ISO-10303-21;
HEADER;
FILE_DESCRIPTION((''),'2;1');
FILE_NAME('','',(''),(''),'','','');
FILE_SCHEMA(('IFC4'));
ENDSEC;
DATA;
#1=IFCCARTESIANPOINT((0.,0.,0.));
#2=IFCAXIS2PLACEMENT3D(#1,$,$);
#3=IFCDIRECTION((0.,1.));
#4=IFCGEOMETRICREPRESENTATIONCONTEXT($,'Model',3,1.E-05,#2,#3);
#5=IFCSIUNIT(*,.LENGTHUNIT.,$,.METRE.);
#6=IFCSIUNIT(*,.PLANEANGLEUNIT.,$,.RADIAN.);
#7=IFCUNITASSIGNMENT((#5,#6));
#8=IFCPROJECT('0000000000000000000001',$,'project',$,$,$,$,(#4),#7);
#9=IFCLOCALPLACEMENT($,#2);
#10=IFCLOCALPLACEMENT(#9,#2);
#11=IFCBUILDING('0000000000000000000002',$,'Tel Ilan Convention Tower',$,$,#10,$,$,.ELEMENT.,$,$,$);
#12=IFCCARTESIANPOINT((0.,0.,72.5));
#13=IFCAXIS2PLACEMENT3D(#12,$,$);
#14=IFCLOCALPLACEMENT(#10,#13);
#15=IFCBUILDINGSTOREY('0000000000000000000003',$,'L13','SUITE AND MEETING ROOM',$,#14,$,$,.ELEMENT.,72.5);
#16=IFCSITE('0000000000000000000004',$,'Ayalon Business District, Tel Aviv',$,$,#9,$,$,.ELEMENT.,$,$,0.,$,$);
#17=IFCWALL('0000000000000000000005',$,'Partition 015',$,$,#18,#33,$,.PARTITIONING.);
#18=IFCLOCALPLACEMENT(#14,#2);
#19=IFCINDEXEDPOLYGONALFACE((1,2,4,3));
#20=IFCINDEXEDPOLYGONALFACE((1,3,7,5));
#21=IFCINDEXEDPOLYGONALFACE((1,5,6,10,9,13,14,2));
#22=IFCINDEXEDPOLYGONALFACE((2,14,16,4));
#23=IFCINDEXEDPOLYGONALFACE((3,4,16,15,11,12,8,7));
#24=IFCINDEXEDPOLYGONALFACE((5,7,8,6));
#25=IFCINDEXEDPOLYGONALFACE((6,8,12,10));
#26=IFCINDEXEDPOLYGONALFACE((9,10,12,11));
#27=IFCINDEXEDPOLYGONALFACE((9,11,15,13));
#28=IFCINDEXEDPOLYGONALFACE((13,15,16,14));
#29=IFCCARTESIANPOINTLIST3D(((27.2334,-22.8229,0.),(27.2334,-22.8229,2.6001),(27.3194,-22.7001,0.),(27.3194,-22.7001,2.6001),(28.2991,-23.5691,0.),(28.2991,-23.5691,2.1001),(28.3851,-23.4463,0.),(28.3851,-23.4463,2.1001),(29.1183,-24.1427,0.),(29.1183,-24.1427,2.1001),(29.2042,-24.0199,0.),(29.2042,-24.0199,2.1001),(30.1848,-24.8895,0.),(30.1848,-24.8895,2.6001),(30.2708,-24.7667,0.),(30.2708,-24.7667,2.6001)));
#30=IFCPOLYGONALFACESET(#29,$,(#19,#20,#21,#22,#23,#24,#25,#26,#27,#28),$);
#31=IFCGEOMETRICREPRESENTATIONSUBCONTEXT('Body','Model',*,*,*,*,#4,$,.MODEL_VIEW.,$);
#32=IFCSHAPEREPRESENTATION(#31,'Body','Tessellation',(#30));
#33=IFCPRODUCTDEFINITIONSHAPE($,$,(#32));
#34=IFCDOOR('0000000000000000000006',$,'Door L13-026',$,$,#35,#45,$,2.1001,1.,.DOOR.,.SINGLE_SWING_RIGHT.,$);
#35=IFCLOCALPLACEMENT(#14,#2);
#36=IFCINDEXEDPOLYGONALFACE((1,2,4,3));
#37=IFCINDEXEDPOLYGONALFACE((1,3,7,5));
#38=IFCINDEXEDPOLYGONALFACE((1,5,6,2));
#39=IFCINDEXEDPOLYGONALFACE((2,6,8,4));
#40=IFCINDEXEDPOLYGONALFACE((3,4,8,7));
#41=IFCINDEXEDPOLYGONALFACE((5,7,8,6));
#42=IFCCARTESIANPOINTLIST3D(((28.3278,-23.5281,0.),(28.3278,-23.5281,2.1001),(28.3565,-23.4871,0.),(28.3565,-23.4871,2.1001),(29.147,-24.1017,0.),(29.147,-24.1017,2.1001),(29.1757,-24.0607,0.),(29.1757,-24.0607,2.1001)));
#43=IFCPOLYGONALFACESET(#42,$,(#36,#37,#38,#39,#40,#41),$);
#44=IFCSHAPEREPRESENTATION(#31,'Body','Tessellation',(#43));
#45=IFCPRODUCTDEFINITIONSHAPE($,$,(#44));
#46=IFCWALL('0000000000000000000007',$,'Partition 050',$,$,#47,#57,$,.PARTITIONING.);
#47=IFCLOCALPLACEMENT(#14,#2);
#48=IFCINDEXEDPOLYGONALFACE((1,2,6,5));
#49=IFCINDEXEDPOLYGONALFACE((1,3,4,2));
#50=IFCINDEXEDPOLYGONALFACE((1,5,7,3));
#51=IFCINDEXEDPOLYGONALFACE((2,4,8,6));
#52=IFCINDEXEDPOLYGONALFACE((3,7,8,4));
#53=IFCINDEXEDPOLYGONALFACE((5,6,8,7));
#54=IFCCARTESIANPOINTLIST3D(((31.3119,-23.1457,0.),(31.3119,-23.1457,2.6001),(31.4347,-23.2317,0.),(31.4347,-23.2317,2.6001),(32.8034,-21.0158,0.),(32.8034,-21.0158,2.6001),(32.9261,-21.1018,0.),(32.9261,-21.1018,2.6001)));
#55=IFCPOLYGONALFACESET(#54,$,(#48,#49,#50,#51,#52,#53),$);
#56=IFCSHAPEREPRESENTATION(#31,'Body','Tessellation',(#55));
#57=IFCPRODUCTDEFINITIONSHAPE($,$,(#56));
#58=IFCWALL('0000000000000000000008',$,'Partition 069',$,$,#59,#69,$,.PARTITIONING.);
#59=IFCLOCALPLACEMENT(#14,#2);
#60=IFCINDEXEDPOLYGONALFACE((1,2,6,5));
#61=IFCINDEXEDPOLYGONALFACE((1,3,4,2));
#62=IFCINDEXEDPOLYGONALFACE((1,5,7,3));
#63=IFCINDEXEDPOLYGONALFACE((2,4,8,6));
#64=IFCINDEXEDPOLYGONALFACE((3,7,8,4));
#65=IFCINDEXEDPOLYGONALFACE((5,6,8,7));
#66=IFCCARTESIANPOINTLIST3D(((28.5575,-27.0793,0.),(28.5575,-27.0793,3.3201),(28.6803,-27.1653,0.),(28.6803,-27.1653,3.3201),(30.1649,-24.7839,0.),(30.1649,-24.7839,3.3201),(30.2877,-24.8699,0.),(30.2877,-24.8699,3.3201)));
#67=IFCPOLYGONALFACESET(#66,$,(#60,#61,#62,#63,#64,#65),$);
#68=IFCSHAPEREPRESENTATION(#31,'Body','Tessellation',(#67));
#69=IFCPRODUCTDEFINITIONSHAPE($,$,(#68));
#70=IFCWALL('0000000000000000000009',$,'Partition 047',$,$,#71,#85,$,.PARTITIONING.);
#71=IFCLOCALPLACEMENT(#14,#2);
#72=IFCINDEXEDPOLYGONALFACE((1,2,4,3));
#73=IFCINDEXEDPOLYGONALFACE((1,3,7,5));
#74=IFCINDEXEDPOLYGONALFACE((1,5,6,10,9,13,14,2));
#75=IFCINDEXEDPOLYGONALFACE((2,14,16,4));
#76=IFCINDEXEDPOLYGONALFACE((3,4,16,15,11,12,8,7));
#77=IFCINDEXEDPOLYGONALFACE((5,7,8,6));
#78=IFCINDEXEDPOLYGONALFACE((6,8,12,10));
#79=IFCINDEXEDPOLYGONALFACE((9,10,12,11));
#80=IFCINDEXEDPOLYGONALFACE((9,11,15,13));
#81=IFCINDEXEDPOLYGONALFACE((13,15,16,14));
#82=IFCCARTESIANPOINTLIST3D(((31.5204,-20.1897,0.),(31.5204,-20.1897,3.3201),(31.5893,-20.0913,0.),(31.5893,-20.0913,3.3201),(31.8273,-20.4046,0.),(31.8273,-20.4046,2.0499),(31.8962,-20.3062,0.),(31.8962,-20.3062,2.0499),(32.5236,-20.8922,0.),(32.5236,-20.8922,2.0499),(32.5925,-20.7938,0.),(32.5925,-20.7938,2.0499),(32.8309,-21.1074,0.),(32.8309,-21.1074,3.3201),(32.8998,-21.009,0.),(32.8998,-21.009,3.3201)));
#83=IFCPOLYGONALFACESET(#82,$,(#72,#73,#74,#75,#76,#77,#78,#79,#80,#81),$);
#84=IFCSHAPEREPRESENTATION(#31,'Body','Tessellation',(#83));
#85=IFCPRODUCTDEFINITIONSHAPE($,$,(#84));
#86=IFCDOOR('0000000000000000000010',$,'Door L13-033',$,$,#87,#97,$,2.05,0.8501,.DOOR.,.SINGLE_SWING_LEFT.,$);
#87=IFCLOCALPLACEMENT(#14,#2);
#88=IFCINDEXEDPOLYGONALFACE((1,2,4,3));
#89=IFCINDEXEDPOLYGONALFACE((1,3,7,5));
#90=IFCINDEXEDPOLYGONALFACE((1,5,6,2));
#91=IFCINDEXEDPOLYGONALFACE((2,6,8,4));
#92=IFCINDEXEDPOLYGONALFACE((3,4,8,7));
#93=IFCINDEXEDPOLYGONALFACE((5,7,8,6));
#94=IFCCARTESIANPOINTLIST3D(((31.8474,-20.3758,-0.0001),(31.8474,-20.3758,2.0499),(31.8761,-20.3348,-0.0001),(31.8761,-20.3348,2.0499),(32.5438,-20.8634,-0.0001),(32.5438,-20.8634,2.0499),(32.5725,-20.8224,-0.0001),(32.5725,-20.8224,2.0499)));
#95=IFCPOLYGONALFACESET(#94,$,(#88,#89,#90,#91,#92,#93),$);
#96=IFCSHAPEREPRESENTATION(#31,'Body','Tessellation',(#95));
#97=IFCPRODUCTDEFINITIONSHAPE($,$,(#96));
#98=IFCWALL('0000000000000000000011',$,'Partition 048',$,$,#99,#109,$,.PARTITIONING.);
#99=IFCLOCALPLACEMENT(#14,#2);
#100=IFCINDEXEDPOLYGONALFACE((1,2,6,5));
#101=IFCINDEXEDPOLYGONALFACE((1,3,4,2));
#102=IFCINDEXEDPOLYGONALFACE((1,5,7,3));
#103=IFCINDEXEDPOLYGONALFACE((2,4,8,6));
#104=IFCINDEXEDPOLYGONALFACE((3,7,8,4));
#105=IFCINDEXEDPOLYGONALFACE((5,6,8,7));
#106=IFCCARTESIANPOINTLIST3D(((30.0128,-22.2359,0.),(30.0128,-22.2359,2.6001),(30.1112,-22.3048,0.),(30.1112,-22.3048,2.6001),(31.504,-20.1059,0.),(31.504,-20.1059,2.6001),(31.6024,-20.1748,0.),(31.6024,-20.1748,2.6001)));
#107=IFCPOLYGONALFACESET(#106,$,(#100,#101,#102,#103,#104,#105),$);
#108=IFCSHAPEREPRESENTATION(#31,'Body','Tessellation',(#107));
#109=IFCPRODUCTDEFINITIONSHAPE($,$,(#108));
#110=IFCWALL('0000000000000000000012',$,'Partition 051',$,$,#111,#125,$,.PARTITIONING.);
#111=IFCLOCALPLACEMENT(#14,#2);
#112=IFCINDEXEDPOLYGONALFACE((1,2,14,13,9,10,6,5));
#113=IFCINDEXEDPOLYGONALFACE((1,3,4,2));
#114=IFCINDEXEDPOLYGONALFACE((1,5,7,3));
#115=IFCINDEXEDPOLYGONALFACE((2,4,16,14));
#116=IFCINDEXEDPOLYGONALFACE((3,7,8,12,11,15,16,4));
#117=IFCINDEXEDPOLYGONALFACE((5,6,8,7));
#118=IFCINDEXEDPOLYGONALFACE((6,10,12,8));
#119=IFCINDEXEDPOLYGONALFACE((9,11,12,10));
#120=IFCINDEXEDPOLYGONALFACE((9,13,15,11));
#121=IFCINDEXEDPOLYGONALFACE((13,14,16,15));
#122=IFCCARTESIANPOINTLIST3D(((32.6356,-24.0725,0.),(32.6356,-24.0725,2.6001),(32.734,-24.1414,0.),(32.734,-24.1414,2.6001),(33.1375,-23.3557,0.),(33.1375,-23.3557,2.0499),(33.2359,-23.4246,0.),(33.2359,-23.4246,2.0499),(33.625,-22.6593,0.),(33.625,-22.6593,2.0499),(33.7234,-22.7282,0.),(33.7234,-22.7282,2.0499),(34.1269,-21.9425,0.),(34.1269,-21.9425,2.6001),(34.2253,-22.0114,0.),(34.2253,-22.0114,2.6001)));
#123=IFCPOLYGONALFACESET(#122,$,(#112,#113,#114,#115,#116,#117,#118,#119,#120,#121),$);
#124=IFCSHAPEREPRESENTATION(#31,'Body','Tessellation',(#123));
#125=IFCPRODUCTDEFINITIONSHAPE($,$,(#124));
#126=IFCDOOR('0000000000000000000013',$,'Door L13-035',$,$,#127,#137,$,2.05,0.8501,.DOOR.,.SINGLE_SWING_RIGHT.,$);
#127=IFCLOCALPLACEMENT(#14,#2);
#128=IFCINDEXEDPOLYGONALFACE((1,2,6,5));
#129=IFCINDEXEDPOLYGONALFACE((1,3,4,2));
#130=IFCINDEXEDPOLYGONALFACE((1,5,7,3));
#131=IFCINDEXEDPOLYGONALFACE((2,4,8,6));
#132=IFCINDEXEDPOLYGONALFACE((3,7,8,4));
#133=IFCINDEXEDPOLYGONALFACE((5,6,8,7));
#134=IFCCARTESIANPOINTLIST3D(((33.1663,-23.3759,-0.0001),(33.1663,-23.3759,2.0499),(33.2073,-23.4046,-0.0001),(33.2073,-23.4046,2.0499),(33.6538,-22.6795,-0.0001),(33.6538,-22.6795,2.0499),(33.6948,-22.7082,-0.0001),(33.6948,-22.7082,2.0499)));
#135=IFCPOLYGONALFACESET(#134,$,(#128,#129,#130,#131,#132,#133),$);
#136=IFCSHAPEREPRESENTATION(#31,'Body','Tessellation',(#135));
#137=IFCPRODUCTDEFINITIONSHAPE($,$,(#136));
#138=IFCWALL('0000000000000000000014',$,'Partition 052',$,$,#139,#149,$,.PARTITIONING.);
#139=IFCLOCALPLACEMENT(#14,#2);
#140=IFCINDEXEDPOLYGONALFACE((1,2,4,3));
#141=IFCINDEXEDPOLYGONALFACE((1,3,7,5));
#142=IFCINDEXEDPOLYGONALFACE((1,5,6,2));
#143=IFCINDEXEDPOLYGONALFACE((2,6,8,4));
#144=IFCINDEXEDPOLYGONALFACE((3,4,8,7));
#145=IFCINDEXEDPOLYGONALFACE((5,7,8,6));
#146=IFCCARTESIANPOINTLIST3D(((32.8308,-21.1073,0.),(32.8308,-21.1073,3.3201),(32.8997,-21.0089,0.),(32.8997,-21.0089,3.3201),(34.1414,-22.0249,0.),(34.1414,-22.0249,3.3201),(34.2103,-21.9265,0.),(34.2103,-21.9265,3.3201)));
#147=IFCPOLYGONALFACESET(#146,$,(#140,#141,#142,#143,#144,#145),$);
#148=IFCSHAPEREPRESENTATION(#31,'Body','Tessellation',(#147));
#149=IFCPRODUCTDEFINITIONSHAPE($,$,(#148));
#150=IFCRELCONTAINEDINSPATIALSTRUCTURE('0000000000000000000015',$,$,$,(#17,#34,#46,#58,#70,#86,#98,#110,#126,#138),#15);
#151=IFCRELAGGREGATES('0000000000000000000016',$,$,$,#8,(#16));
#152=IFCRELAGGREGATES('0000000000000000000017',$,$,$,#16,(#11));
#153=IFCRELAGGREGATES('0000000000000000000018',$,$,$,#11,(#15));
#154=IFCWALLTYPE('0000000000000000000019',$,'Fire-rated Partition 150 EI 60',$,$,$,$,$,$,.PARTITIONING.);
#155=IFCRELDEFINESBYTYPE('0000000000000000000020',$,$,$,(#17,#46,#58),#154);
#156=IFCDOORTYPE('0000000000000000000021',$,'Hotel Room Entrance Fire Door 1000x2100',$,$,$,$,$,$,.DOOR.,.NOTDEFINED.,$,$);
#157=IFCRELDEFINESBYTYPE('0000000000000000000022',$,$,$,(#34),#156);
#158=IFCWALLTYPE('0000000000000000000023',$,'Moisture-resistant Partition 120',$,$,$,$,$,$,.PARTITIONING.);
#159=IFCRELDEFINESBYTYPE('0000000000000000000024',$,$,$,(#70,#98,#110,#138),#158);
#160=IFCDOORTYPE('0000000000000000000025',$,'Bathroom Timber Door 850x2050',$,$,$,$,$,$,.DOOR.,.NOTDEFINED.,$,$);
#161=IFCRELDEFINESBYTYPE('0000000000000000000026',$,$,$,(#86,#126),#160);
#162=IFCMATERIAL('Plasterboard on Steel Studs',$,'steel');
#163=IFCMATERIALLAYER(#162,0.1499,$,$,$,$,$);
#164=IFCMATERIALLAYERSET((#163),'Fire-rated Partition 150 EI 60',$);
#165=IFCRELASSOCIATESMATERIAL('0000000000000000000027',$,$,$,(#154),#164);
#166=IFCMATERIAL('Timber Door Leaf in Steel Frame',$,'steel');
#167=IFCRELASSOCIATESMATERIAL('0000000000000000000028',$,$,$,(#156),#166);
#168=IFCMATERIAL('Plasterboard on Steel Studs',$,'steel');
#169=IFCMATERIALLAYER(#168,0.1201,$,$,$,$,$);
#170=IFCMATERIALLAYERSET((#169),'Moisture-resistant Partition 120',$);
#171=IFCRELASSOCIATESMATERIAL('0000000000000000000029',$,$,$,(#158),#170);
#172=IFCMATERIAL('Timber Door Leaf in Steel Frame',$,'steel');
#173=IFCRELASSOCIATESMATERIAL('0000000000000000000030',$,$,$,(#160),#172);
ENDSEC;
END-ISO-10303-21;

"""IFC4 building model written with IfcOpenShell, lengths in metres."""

from ifc_helpers import new_model, si_unit, direction, frame, frame_2d, origin, place, context, subcontext, project, spatial, rectangle, extrude, material, layer, layer_set, type_object, element, fill, save


model = new_model("IFC4")

# Units and contexts
model_context = context("Model", 3, precision=1e-05, world=origin(), true_north=direction((0.0, 1.0)))
body_context = subcontext(model_context, "Body", "Model", "MODEL_VIEW")
ifc_project = project(units=[si_unit("LENGTHUNIT", "METRE"), si_unit("PLANEANGLEUNIT", "RADIAN")], contexts=[model_context])

# Site, building, storey
site_placement = place(None, origin())
site = spatial("IfcSite", under=ifc_project, at=site_placement, Name="Ayalon Business District, Tel Aviv", CompositionType="ELEMENT", RefElevation=0.0)
building_placement = place(site_placement, origin())
building = spatial("IfcBuilding", under=site, at=building_placement, Name="Tel Ilan Convention Tower", CompositionType="ELEMENT")
storey_placement = place(building_placement, frame((0.0, 0.0, 72.5)))
storey = spatial("IfcBuildingStorey", under=building, at=storey_placement, Name="L13", Description="SUITE AND MEETING ROOM", CompositionType="ELEMENT", Elevation=72.5)

# Shared definitions
ifc_material_1 = material(Name="Plasterboard on Steel Studs", Category="steel")
ifc_layer_1 = layer(ifc_material_1, 0.1499)
ifc_layer_set_1 = layer_set([ifc_layer_1], Name="Fire-rated Partition 150 EI 60")
wall_type_1 = type_object("IfcWallType", Name="Fire-rated Partition 150 EI 60", PredefinedType="PARTITIONING", material=ifc_layer_set_1)

# Shared definitions
ifc_material_2 = material(Name="Timber Door Leaf in Steel Frame", Category="steel")
door_type_1 = type_object("IfcDoorType", Name="Hotel Room Entrance Fire Door 1000x2100", OperationType="NOTDEFINED", PredefinedType="DOOR", material=ifc_material_2)

# Wall, opening, door
wall_1_placement = place(storey_placement, frame((30.2278, -24.8281, 0.0), z_axis=(0.0, 0.0, 1.0), x_axis=(-0.819146, 0.573585, 0.0)))
wall_1 = element("IfcWall", 1, at=wall_1_placement, inside=storey, type_object=wall_type_1, Name="Partition 015", PredefinedType="PARTITIONING", context=body_context, shape_type="SweptSolid", body=[
    extrude(rectangle(XDim=3.603, YDim=0.1499, at=frame_2d((1.8015, 0.0))), origin(), (0.0, 0.0, 1.0), 2.6001),
])
opening_1_placement = place(wall_1_placement, frame((1.302, 0.0, 0.0)))
opening_1 = element("IfcOpeningElement", 2, at=opening_1_placement, cuts=wall_1, PredefinedType="OPENING", context=body_context, shape_type="SweptSolid", body=[
    extrude(rectangle(XDim=1.0, YDim=2.1001, at=frame_2d((0.5, 1.05))), frame((0.0, 0.085, 0.0), z_axis=(0.0, -1.0, 0.0), x_axis=(1.0, 0.0, 0.0)), (0.0, 0.0, 1.0), 0.1699),
])
door_1_placement = place(opening_1_placement, origin())
door_1 = element("IfcDoor", 3, at=door_1_placement, inside=storey, type_object=door_type_1, Name="Door L13-026", OperationType="SINGLE_SWING_RIGHT", OverallHeight=2.1001, OverallWidth=1.0, PredefinedType="DOOR", context=body_context, shape_type="SweptSolid", body=[
    extrude(rectangle(XDim=1.0, YDim=2.1001, at=frame_2d((0.5, 1.05))), frame((0.0, 0.0249, 0.0), z_axis=(0.0, -1.0, 0.0), x_axis=(1.0, 0.0, 0.0)), (0.0, 0.0, 1.0), 0.05),
])
fill(opening_1, door_1)

# Walls
wall_2_placement = place(storey_placement, frame((32.8647, -21.0588, 0.0), z_axis=(0.0, 0.0, 1.0), x_axis=(-0.573601, -0.819135, 0.0)))
element("IfcWall", 4, at=wall_2_placement, inside=storey, type_object=wall_type_1, Name="Partition 050", PredefinedType="PARTITIONING", context=body_context, shape_type="SweptSolid", body=[
    extrude(rectangle(XDim=2.6001, YDim=0.1499, at=frame_2d((1.3, 0.0))), origin(), (0.0, 0.0, 1.0), 2.6001),
])
wall_3_placement = place(storey_placement, frame((30.2263, -24.8269, 0.0), z_axis=(0.0, 0.0, 1.0), x_axis=(-0.573614, -0.819125, 0.0)))
element("IfcWall", 5, at=wall_3_placement, inside=storey, type_object=wall_type_1, Name="Partition 069", PredefinedType="PARTITIONING", context=body_context, shape_type="SweptSolid", body=[
    extrude(rectangle(XDim=2.8022, YDim=0.1499, at=frame_2d((1.4011, 0.0))), origin(), (0.0, 0.0, 1.0), 3.3201),
])

# Wall, opening, door
ifc_material_3 = material(Name="Plasterboard on Steel Studs", Category="steel")
ifc_layer_2 = layer(ifc_material_3, 0.1201)
ifc_layer_set_2 = layer_set([ifc_layer_2], Name="Moisture-resistant Partition 120")
wall_type_2 = type_object("IfcWallType", Name="Moisture-resistant Partition 120", PredefinedType="PARTITIONING", material=ifc_layer_set_2)
wall_4_placement = place(storey_placement, frame((32.8652, -21.0581, 0.0), z_axis=(0.0, 0.0, 1.0), x_axis=(-0.819132, 0.573606, 0.0)))
wall_4 = element("IfcWall", 6, at=wall_4_placement, inside=storey, type_object=wall_type_2, Name="Partition 047", PredefinedType="PARTITIONING", context=body_context, shape_type="SweptSolid", body=[
    extrude(rectangle(XDim=1.5999, YDim=0.1201, at=frame_2d((0.7998, 0.0))), origin(), (0.0, 0.0, 1.0), 3.3201),
])
opening_2_placement = place(wall_4_placement, frame((0.375, 0.0, 0.0)))
opening_2 = element("IfcOpeningElement", 7, at=opening_2_placement, cuts=wall_4, PredefinedType="OPENING", context=body_context, shape_type="SweptSolid", body=[
    extrude(rectangle(XDim=0.8501, YDim=2.05, at=frame_2d((0.425, 1.0249))), frame((0.0, 0.0701, 0.0), z_axis=(0.0, -1.0, 0.0), x_axis=(1.0, 0.0, 0.0)), (0.0, 0.0, 1.0), 0.1401),
])
ifc_material_4 = material(Name="Timber Door Leaf in Steel Frame", Category="steel")
door_type_2 = type_object("IfcDoorType", Name="Bathroom Timber Door 850x2050", OperationType="NOTDEFINED", PredefinedType="DOOR", material=ifc_material_4)
door_2_placement = place(opening_2_placement, origin())
door_2 = element("IfcDoor", 8, at=door_2_placement, inside=storey, type_object=door_type_2, Name="Door L13-033", OperationType="SINGLE_SWING_LEFT", OverallHeight=2.05, OverallWidth=0.8501, PredefinedType="DOOR", context=body_context, shape_type="SweptSolid", body=[
    extrude(rectangle(XDim=0.8501, YDim=2.05, at=frame_2d((0.425, 1.0249))), frame((0.0, 0.0249, 0.0), z_axis=(0.0, -1.0, 0.0), x_axis=(1.0, 0.0, 0.0)), (0.0, 0.0, 1.0), 0.05),
])
fill(opening_2, door_2)

# Wall
wall_5_placement = place(storey_placement, frame((31.5532, -20.1404, 0.0), z_axis=(0.0, 0.0, 1.0), x_axis=(-0.573538, -0.819179, 0.0)))
element("IfcWall", 9, at=wall_5_placement, inside=storey, type_object=wall_type_2, Name="Partition 048", PredefinedType="PARTITIONING", context=body_context, shape_type="SweptSolid", body=[
    extrude(rectangle(XDim=2.6001, YDim=0.1201, at=frame_2d((1.3, 0.0))), origin(), (0.0, 0.0, 1.0), 2.6001),
])

# Wall, opening, door
wall_6_placement = place(storey_placement, frame((32.6848, -24.1069, 0.0), z_axis=(0.0, 0.0, 1.0), x_axis=(0.573538, 0.819179, 0.0)))
wall_6 = element("IfcWall", 10, at=wall_6_placement, inside=storey, type_object=wall_type_2, Name="Partition 051", PredefinedType="PARTITIONING", context=body_context, shape_type="SweptSolid", body=[
    extrude(rectangle(XDim=2.6001, YDim=0.1201, at=frame_2d((1.3, 0.0))), origin(), (0.0, 0.0, 1.0), 2.6001),
])
opening_3_placement = place(wall_6_placement, frame((0.875, 0.0, 0.0)))
opening_3 = element("IfcOpeningElement", 11, at=opening_3_placement, cuts=wall_6, PredefinedType="OPENING", context=body_context, shape_type="SweptSolid", body=[
    extrude(rectangle(XDim=0.8501, YDim=2.05, at=frame_2d((0.425, 1.0249))), frame((0.0, 0.0701, 0.0), z_axis=(0.0, -1.0, 0.0), x_axis=(1.0, 0.0, 0.0)), (0.0, 0.0, 1.0), 0.1401),
])
door_3_placement = place(opening_3_placement, origin())
door_3 = element("IfcDoor", 12, at=door_3_placement, inside=storey, type_object=door_type_2, Name="Door L13-035", OperationType="SINGLE_SWING_RIGHT", OverallHeight=2.05, OverallWidth=0.8501, PredefinedType="DOOR", context=body_context, shape_type="SweptSolid", body=[
    extrude(rectangle(XDim=0.8501, YDim=2.05, at=frame_2d((0.425, 1.0249))), frame((0.0, 0.0249, 0.0), z_axis=(0.0, -1.0, 0.0), x_axis=(1.0, 0.0, 0.0)), (0.0, 0.0, 1.0), 0.05),
])
fill(opening_3, door_3)

# Wall
wall_7_placement = place(storey_placement, frame((34.1758, -21.9756, 0.0), z_axis=(0.0, 0.0, 1.0), x_axis=(-0.819203, 0.573503, 0.0)))
element("IfcWall", 13, at=wall_7_placement, inside=storey, type_object=wall_type_2, Name="Partition 052", PredefinedType="PARTITIONING", context=body_context, shape_type="SweptSolid", body=[
    extrude(rectangle(XDim=1.5999, YDim=0.1201, at=frame_2d((0.7998, 0.0))), origin(), (0.0, 0.0, 1.0), 3.3201),
])

save(model, "model.ifc")
